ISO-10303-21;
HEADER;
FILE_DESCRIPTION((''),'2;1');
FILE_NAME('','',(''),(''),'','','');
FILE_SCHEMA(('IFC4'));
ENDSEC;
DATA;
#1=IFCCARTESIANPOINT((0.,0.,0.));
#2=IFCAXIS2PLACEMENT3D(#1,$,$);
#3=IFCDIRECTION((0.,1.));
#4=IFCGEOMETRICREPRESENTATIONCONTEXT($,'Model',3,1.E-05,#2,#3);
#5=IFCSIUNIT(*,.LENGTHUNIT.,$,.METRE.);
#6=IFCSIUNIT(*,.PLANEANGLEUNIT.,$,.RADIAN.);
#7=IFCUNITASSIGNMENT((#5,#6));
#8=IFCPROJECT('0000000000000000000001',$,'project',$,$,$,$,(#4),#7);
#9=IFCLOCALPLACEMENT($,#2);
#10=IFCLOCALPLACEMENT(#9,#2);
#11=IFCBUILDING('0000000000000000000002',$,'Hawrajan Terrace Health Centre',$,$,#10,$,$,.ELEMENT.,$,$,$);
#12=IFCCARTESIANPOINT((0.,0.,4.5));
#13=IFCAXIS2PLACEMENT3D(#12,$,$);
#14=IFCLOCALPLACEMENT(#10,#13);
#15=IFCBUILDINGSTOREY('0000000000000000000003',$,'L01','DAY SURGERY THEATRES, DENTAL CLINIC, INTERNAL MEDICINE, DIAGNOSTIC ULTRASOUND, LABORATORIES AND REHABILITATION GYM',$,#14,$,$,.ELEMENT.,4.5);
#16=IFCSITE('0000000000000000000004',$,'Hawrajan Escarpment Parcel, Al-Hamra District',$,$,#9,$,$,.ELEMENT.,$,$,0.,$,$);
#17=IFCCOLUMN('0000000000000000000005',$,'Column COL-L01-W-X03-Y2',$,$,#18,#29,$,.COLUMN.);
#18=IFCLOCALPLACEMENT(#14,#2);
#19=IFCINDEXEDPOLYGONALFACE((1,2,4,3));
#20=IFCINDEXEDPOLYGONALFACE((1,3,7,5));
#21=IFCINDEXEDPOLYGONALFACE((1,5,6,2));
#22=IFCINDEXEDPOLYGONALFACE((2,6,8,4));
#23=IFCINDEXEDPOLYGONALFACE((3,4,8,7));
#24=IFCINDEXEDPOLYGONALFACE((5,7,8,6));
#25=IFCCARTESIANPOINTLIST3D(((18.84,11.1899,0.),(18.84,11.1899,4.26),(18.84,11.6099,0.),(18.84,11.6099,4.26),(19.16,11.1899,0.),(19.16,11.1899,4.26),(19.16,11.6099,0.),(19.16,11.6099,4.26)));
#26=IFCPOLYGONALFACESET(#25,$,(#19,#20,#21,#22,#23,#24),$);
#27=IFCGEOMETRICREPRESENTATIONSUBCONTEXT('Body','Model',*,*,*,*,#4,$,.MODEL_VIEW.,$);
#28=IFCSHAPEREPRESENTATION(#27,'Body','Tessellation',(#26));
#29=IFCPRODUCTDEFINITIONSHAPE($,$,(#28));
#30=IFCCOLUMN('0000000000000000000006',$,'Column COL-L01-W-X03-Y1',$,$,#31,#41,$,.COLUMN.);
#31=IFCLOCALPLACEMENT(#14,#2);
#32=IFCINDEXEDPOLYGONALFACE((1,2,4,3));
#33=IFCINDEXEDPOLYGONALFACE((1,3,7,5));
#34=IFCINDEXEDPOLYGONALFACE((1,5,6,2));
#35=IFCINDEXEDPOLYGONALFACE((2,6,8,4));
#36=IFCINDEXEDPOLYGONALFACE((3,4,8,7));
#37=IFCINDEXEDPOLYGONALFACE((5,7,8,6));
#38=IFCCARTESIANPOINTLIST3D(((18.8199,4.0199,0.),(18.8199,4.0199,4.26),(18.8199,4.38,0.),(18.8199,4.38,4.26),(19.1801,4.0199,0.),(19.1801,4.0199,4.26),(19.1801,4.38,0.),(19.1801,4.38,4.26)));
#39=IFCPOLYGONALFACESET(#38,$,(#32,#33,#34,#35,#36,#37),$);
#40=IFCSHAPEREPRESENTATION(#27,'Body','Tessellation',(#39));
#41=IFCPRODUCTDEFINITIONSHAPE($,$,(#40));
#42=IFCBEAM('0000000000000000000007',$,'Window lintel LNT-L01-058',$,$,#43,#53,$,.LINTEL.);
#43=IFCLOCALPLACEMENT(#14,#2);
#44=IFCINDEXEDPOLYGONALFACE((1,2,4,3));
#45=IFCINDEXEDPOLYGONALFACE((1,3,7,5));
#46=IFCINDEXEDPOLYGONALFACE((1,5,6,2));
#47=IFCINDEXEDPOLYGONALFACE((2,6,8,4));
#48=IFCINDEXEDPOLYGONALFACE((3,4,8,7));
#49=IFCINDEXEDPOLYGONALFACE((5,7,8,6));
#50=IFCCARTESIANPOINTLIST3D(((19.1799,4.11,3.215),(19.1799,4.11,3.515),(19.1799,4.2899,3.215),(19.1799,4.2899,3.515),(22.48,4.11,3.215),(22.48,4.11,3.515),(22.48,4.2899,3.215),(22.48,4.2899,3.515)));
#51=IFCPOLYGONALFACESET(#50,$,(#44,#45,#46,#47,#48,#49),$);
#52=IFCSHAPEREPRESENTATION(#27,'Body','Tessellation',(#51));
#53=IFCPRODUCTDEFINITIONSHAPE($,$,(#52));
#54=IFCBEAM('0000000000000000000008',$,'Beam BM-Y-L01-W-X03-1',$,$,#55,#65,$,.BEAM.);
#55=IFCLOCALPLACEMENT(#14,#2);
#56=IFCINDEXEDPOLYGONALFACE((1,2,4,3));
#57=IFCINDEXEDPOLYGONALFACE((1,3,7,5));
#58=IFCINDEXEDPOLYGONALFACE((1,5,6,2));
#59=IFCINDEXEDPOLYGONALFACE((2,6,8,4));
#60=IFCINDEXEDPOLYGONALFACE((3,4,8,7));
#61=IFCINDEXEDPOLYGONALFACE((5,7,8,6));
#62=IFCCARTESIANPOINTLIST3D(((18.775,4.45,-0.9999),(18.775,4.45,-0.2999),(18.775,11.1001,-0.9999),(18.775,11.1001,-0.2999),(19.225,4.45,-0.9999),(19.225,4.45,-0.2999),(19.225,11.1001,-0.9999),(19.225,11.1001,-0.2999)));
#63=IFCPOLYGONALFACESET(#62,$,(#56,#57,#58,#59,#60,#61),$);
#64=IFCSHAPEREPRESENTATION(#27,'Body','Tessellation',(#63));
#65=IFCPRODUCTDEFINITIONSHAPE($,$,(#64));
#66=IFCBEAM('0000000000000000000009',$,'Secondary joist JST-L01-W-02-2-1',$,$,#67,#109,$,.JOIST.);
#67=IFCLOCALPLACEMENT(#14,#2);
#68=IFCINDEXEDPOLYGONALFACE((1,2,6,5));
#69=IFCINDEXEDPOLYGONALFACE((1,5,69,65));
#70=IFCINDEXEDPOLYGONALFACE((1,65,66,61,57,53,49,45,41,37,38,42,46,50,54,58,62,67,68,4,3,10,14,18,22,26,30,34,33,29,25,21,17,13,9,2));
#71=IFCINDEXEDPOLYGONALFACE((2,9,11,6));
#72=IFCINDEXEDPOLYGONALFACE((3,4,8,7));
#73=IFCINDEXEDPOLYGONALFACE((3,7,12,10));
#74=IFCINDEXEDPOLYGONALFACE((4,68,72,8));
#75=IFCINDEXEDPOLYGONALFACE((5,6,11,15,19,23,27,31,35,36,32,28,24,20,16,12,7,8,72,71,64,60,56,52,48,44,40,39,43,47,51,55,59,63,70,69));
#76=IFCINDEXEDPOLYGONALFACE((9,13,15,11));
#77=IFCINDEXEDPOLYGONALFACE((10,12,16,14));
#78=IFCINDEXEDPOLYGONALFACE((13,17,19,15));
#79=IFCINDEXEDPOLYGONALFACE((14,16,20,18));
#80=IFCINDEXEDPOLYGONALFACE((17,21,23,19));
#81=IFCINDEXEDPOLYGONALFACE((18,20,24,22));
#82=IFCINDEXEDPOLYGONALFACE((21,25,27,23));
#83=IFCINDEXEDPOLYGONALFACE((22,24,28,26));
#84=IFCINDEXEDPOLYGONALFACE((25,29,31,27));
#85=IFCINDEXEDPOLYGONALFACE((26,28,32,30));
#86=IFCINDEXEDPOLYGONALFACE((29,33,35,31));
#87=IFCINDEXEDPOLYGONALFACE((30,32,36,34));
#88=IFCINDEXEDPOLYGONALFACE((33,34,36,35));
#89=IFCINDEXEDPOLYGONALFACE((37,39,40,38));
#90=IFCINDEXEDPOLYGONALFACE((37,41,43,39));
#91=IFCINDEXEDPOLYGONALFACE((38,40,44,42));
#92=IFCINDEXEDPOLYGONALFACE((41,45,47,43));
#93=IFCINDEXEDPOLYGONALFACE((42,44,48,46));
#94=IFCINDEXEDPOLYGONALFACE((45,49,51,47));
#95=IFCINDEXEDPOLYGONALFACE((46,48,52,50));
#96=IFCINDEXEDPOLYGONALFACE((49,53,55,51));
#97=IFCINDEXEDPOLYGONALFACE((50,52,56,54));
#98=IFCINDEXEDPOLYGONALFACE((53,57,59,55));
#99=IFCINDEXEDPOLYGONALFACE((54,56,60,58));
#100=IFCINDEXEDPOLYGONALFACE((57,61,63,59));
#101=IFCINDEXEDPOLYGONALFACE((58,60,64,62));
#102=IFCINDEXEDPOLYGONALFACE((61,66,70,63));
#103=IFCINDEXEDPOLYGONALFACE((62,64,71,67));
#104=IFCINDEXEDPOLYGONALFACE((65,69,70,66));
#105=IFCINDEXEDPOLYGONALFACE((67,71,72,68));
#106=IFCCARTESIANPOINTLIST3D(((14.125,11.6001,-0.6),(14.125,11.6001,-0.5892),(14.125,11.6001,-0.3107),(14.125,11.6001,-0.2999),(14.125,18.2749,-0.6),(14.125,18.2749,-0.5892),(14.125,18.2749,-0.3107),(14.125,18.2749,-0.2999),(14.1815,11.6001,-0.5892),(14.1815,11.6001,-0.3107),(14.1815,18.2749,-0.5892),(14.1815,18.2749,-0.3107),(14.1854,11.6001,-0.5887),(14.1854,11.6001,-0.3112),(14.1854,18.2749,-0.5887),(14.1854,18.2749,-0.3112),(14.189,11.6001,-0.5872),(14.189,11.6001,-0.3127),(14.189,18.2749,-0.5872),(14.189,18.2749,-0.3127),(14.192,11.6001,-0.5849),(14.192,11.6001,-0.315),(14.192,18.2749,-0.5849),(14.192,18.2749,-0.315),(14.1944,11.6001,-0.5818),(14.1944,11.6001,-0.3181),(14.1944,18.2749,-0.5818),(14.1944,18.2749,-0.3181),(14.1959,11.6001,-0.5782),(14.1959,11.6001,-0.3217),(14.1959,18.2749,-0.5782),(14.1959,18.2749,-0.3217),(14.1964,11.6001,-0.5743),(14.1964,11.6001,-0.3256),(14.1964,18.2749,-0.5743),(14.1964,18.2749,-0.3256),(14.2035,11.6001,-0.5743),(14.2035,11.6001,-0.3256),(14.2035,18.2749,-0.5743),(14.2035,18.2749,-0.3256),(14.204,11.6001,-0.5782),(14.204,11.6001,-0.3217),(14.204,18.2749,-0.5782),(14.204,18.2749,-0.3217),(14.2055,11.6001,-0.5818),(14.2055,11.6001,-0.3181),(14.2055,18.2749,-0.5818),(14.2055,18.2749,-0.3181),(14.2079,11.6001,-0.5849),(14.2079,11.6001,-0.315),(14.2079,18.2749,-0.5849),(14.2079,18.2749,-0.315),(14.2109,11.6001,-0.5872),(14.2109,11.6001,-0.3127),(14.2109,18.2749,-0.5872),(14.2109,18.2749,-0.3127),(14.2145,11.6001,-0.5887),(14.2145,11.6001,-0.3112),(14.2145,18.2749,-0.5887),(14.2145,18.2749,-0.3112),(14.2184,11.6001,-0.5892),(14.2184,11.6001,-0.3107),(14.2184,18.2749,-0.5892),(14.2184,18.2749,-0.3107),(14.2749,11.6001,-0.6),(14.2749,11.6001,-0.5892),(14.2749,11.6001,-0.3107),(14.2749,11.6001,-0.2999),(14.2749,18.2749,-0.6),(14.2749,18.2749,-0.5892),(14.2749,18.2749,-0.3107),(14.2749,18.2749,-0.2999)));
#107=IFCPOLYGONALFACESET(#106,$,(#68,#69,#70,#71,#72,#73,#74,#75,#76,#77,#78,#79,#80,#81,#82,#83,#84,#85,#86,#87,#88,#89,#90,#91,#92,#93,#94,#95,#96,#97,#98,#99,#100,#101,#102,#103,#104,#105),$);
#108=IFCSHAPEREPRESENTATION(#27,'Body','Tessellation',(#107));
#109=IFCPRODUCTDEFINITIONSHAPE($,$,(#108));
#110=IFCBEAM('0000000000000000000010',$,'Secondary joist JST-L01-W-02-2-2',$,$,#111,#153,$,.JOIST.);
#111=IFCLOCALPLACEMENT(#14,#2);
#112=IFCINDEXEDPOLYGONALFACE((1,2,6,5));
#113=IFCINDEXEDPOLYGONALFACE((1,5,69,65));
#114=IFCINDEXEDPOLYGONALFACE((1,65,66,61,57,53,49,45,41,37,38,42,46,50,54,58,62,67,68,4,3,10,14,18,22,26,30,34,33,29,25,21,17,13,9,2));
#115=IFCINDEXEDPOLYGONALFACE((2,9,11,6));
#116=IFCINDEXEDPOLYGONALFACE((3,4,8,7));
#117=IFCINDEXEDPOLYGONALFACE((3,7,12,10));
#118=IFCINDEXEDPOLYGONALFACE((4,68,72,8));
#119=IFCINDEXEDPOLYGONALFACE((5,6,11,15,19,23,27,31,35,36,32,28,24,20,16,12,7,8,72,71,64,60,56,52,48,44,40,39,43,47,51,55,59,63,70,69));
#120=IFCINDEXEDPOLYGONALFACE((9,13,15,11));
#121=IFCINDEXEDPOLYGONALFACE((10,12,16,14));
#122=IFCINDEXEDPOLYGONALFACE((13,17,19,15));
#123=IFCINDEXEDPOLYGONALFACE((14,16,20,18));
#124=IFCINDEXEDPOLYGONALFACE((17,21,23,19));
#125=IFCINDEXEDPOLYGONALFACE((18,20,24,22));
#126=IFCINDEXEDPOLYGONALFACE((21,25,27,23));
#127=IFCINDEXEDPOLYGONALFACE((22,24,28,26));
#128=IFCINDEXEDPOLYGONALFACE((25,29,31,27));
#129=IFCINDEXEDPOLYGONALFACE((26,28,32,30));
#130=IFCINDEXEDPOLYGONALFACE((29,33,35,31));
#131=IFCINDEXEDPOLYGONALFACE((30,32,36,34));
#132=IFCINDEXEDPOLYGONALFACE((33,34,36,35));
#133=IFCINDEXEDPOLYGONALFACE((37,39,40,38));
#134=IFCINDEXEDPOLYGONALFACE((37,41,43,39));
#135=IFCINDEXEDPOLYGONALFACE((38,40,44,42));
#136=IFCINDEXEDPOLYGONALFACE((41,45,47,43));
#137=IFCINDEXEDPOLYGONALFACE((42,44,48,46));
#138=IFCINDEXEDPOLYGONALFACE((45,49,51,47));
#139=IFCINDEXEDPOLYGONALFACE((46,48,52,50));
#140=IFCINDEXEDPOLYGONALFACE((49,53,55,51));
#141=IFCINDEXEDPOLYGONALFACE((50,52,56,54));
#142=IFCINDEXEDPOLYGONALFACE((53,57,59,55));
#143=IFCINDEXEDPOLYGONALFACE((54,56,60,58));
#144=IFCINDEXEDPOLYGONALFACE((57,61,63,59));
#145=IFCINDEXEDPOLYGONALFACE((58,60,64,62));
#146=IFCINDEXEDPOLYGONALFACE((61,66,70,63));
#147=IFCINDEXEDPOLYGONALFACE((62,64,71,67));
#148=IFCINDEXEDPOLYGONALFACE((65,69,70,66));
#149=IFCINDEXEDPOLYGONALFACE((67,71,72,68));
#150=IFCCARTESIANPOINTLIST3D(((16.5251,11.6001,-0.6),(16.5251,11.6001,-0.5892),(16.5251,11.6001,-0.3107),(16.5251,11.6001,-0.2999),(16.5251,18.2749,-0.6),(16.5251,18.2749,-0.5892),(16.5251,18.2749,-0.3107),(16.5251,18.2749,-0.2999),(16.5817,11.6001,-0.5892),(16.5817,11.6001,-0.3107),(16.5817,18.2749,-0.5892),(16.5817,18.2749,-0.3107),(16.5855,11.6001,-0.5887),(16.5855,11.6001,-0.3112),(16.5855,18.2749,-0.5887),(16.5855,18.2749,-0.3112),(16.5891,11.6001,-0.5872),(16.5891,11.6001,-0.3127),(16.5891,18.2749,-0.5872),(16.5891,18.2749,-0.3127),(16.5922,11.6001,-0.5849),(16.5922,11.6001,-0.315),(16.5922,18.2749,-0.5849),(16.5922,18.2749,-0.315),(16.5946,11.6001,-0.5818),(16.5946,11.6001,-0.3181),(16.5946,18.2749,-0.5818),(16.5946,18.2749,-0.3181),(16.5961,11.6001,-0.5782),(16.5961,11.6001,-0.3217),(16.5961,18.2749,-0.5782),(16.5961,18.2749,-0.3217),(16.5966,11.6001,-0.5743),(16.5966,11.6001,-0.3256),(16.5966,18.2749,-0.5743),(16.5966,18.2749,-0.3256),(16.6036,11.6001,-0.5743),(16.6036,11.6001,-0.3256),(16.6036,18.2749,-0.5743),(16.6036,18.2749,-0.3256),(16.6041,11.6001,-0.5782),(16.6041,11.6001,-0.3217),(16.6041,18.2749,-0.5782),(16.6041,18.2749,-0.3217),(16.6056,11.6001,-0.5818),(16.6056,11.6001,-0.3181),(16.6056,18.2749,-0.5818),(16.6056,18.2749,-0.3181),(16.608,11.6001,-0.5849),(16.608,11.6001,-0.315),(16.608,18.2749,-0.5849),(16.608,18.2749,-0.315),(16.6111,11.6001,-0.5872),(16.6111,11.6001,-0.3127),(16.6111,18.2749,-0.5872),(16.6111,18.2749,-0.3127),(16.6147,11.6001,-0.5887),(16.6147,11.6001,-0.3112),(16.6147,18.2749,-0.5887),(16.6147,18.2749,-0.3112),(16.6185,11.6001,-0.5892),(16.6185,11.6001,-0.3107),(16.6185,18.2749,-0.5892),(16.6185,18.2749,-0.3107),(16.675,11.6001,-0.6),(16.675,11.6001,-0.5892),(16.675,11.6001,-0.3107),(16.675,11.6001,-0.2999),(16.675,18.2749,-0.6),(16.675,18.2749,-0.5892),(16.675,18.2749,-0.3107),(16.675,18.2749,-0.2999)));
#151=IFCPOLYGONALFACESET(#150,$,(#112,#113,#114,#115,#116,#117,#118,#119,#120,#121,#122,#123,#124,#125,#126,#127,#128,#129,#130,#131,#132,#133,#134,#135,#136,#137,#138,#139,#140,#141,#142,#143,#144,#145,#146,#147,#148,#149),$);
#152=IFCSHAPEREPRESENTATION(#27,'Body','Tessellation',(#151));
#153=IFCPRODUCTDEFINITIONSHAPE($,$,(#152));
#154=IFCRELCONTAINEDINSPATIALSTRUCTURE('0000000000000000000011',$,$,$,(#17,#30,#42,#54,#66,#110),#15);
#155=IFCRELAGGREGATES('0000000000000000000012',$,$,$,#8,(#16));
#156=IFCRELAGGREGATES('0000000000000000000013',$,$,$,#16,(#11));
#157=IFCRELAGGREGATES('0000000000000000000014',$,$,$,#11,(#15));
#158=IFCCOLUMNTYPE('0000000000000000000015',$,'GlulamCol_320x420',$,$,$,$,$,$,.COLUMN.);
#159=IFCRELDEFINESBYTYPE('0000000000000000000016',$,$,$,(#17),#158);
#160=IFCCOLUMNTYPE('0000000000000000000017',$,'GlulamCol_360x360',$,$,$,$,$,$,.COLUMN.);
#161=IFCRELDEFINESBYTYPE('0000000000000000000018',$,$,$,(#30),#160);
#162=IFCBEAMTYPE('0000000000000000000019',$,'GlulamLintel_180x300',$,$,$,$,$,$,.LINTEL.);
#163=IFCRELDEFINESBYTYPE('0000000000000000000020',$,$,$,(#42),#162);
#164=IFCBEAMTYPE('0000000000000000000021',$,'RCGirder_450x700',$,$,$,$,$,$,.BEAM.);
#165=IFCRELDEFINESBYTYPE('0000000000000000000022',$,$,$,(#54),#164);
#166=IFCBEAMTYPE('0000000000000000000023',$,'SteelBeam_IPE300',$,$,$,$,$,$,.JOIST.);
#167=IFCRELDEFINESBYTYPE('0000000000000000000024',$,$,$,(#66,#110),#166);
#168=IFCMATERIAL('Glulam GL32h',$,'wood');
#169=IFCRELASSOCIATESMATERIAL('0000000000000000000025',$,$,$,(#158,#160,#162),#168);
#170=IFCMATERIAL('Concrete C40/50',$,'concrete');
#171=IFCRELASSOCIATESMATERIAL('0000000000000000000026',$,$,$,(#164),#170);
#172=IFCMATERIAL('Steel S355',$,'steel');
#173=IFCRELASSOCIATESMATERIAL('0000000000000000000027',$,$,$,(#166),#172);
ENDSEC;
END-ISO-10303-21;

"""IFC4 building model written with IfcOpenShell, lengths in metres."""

from ifc_helpers import new_model, si_unit, direction, frame, origin, origin_2d, place, context, subcontext, project, spatial, rectangle, i_section, extrude, material, material_profile, profile_set, type_object, element, save


model = new_model("IFC4")

# Units and contexts
model_context = context("Model", 3, precision=1e-05, world=origin(), true_north=direction((0.0, 1.0)))
body_context = subcontext(model_context, "Body", "Model", "MODEL_VIEW")
ifc_project = project(units=[si_unit("LENGTHUNIT", "METRE"), si_unit("PLANEANGLEUNIT", "RADIAN")], contexts=[model_context])

# Site, building, storey
site_placement = place(None, origin())
site = spatial("IfcSite", under=ifc_project, at=site_placement, Name="Hawrajan Escarpment Parcel, Al-Hamra District", CompositionType="ELEMENT", RefElevation=0.0)
building_placement = place(site_placement, origin())
building = spatial("IfcBuilding", under=site, at=building_placement, Name="Hawrajan Terrace Health Centre", CompositionType="ELEMENT")
storey_placement = place(building_placement, frame((0.0, 0.0, 4.5)))
storey = spatial("IfcBuildingStorey", under=building, at=storey_placement, Name="L01", Description="DAY SURGERY THEATRES, DENTAL CLINIC, INTERNAL MEDICINE, DIAGNOSTIC ULTRASOUND, LABORATORIES AND REHABILITATION GYM", CompositionType="ELEMENT", Elevation=4.5)

# Columns
ifc_material_1 = material(Name="Glulam GL32h", Category="wood")
ifc_material_profile_1 = material_profile(ifc_material_1, rectangle(XDim=0.3201, YDim=0.4199, at=origin_2d()), Name="GL 320x420")
ifc_profile_set_1 = profile_set([ifc_material_profile_1], Name="Glulam GL32h")
column_type_1 = type_object("IfcColumnType", Name="GlulamCol_320x420", PredefinedType="COLUMN", material=ifc_profile_set_1)
column_1_placement = place(storey_placement, frame((19.0, 11.3999, 0.0), z_axis=(0.0, 0.0, 1.0), x_axis=(1.0, 0.0, 0.0)))
element("IfcColumn", 1, at=column_1_placement, inside=storey, type_object=column_type_1, Name="Column COL-L01-W-X03-Y2", PredefinedType="COLUMN", context=body_context, shape_type="SweptSolid", body=[
    extrude(rectangle(XDim=0.3201, YDim=0.4199, at=origin_2d()), origin(), (0.0, 0.0, 1.0), 4.26),
])
ifc_material_profile_2 = material_profile(ifc_material_1, rectangle(XDim=0.3601, YDim=0.3601, at=origin_2d()), Name="GL 360x360")
ifc_profile_set_2 = profile_set([ifc_material_profile_2], Name="Glulam GL32h")
column_type_2 = type_object("IfcColumnType", Name="GlulamCol_360x360", PredefinedType="COLUMN", material=ifc_profile_set_2)
column_2_placement = place(storey_placement, frame((19.0, 4.2, 0.0), z_axis=(0.0, 0.0, 1.0), x_axis=(1.0, 0.0, 0.0)))
element("IfcColumn", 2, at=column_2_placement, inside=storey, type_object=column_type_2, Name="Column COL-L01-W-X03-Y1", PredefinedType="COLUMN", context=body_context, shape_type="SweptSolid", body=[
    extrude(rectangle(XDim=0.3601, YDim=0.3601, at=origin_2d()), origin(), (0.0, 0.0, 1.0), 4.26),
])

# Beams
ifc_material_profile_3 = material_profile(ifc_material_1, rectangle(XDim=0.1799, YDim=0.3, at=origin_2d()), Name="GL LN 180x300")
ifc_profile_set_3 = profile_set([ifc_material_profile_3], Name="Glulam GL32h")
beam_type_1 = type_object("IfcBeamType", Name="GlulamLintel_180x300", PredefinedType="LINTEL", material=ifc_profile_set_3)
beam_1_placement = place(storey_placement, frame((19.1799, 4.2, 3.365), z_axis=(1.0, 0.0, 0.0), x_axis=(0.0, 1.0, 0.0)))
element("IfcBeam", 3, at=beam_1_placement, inside=storey, type_object=beam_type_1, Name="Window lintel LNT-L01-058", PredefinedType="LINTEL", context=body_context, shape_type="SweptSolid", body=[
    extrude(rectangle(XDim=0.1799, YDim=0.3, at=origin_2d()), origin(), (0.0, 0.0, 1.0), 3.3),
])
ifc_material_2 = material(Name="Concrete C40/50", Category="concrete")
ifc_material_profile_4 = material_profile(ifc_material_2, rectangle(XDim=0.45, YDim=0.7, at=origin_2d()), Name="RC BM 450x700")
ifc_profile_set_4 = profile_set([ifc_material_profile_4], Name="Concrete C40/50")
beam_type_2 = type_object("IfcBeamType", Name="RCGirder_450x700", PredefinedType="BEAM", material=ifc_profile_set_4)
beam_2_placement = place(storey_placement, frame((19.0, 4.45, -0.6499), z_axis=(0.0, 1.0, 0.0), x_axis=(-1.0, 0.0, 0.0)))
element("IfcBeam", 4, at=beam_2_placement, inside=storey, type_object=beam_type_2, Name="Beam BM-Y-L01-W-X03-1", PredefinedType="BEAM", context=body_context, shape_type="SweptSolid", body=[
    extrude(rectangle(XDim=0.45, YDim=0.7, at=origin_2d()), origin(), (0.0, 0.0, 1.0), 6.6501),
])
ifc_material_3 = material(Name="Steel S355", Category="steel")
ifc_material_profile_5 = material_profile(ifc_material_3, i_section(OverallWidth=0.1499, OverallDepth=0.3, WebThickness=0.0071, FlangeThickness=0.0107, FilletRadius=0.0149, at=origin_2d()), Name="IPE 300")
ifc_profile_set_5 = profile_set([ifc_material_profile_5], Name="Steel S355")
beam_type_3 = type_object("IfcBeamType", Name="SteelBeam_IPE300", PredefinedType="JOIST", material=ifc_profile_set_5)
for number, where, z_axis, x_axis, name in (
    (5, (14.2, 11.6001, -0.45), (0.0, 1.0, 0.0), (-1.0, 0.0, 0.0), "Secondary joist JST-L01-W-02-2-1"),
    (6, (16.6001, 11.6001, -0.45), (0.0, 1.0, 0.0), (-1.0, 0.0, 0.0), "Secondary joist JST-L01-W-02-2-2"),
):
    element("IfcBeam", number, at=place(storey_placement, frame(where, z_axis=z_axis, x_axis=x_axis)), inside=storey, type_object=beam_type_3, Name=name, PredefinedType="JOIST", context=body_context, shape_type="SweptSolid", body=[
        extrude(i_section(OverallWidth=0.1499, OverallDepth=0.3, WebThickness=0.0071, FlangeThickness=0.0107, FilletRadius=0.0149, at=origin_2d()), origin(), (0.0, 0.0, 1.0), 6.6748),
    ])

save(model, "model.ifc")
